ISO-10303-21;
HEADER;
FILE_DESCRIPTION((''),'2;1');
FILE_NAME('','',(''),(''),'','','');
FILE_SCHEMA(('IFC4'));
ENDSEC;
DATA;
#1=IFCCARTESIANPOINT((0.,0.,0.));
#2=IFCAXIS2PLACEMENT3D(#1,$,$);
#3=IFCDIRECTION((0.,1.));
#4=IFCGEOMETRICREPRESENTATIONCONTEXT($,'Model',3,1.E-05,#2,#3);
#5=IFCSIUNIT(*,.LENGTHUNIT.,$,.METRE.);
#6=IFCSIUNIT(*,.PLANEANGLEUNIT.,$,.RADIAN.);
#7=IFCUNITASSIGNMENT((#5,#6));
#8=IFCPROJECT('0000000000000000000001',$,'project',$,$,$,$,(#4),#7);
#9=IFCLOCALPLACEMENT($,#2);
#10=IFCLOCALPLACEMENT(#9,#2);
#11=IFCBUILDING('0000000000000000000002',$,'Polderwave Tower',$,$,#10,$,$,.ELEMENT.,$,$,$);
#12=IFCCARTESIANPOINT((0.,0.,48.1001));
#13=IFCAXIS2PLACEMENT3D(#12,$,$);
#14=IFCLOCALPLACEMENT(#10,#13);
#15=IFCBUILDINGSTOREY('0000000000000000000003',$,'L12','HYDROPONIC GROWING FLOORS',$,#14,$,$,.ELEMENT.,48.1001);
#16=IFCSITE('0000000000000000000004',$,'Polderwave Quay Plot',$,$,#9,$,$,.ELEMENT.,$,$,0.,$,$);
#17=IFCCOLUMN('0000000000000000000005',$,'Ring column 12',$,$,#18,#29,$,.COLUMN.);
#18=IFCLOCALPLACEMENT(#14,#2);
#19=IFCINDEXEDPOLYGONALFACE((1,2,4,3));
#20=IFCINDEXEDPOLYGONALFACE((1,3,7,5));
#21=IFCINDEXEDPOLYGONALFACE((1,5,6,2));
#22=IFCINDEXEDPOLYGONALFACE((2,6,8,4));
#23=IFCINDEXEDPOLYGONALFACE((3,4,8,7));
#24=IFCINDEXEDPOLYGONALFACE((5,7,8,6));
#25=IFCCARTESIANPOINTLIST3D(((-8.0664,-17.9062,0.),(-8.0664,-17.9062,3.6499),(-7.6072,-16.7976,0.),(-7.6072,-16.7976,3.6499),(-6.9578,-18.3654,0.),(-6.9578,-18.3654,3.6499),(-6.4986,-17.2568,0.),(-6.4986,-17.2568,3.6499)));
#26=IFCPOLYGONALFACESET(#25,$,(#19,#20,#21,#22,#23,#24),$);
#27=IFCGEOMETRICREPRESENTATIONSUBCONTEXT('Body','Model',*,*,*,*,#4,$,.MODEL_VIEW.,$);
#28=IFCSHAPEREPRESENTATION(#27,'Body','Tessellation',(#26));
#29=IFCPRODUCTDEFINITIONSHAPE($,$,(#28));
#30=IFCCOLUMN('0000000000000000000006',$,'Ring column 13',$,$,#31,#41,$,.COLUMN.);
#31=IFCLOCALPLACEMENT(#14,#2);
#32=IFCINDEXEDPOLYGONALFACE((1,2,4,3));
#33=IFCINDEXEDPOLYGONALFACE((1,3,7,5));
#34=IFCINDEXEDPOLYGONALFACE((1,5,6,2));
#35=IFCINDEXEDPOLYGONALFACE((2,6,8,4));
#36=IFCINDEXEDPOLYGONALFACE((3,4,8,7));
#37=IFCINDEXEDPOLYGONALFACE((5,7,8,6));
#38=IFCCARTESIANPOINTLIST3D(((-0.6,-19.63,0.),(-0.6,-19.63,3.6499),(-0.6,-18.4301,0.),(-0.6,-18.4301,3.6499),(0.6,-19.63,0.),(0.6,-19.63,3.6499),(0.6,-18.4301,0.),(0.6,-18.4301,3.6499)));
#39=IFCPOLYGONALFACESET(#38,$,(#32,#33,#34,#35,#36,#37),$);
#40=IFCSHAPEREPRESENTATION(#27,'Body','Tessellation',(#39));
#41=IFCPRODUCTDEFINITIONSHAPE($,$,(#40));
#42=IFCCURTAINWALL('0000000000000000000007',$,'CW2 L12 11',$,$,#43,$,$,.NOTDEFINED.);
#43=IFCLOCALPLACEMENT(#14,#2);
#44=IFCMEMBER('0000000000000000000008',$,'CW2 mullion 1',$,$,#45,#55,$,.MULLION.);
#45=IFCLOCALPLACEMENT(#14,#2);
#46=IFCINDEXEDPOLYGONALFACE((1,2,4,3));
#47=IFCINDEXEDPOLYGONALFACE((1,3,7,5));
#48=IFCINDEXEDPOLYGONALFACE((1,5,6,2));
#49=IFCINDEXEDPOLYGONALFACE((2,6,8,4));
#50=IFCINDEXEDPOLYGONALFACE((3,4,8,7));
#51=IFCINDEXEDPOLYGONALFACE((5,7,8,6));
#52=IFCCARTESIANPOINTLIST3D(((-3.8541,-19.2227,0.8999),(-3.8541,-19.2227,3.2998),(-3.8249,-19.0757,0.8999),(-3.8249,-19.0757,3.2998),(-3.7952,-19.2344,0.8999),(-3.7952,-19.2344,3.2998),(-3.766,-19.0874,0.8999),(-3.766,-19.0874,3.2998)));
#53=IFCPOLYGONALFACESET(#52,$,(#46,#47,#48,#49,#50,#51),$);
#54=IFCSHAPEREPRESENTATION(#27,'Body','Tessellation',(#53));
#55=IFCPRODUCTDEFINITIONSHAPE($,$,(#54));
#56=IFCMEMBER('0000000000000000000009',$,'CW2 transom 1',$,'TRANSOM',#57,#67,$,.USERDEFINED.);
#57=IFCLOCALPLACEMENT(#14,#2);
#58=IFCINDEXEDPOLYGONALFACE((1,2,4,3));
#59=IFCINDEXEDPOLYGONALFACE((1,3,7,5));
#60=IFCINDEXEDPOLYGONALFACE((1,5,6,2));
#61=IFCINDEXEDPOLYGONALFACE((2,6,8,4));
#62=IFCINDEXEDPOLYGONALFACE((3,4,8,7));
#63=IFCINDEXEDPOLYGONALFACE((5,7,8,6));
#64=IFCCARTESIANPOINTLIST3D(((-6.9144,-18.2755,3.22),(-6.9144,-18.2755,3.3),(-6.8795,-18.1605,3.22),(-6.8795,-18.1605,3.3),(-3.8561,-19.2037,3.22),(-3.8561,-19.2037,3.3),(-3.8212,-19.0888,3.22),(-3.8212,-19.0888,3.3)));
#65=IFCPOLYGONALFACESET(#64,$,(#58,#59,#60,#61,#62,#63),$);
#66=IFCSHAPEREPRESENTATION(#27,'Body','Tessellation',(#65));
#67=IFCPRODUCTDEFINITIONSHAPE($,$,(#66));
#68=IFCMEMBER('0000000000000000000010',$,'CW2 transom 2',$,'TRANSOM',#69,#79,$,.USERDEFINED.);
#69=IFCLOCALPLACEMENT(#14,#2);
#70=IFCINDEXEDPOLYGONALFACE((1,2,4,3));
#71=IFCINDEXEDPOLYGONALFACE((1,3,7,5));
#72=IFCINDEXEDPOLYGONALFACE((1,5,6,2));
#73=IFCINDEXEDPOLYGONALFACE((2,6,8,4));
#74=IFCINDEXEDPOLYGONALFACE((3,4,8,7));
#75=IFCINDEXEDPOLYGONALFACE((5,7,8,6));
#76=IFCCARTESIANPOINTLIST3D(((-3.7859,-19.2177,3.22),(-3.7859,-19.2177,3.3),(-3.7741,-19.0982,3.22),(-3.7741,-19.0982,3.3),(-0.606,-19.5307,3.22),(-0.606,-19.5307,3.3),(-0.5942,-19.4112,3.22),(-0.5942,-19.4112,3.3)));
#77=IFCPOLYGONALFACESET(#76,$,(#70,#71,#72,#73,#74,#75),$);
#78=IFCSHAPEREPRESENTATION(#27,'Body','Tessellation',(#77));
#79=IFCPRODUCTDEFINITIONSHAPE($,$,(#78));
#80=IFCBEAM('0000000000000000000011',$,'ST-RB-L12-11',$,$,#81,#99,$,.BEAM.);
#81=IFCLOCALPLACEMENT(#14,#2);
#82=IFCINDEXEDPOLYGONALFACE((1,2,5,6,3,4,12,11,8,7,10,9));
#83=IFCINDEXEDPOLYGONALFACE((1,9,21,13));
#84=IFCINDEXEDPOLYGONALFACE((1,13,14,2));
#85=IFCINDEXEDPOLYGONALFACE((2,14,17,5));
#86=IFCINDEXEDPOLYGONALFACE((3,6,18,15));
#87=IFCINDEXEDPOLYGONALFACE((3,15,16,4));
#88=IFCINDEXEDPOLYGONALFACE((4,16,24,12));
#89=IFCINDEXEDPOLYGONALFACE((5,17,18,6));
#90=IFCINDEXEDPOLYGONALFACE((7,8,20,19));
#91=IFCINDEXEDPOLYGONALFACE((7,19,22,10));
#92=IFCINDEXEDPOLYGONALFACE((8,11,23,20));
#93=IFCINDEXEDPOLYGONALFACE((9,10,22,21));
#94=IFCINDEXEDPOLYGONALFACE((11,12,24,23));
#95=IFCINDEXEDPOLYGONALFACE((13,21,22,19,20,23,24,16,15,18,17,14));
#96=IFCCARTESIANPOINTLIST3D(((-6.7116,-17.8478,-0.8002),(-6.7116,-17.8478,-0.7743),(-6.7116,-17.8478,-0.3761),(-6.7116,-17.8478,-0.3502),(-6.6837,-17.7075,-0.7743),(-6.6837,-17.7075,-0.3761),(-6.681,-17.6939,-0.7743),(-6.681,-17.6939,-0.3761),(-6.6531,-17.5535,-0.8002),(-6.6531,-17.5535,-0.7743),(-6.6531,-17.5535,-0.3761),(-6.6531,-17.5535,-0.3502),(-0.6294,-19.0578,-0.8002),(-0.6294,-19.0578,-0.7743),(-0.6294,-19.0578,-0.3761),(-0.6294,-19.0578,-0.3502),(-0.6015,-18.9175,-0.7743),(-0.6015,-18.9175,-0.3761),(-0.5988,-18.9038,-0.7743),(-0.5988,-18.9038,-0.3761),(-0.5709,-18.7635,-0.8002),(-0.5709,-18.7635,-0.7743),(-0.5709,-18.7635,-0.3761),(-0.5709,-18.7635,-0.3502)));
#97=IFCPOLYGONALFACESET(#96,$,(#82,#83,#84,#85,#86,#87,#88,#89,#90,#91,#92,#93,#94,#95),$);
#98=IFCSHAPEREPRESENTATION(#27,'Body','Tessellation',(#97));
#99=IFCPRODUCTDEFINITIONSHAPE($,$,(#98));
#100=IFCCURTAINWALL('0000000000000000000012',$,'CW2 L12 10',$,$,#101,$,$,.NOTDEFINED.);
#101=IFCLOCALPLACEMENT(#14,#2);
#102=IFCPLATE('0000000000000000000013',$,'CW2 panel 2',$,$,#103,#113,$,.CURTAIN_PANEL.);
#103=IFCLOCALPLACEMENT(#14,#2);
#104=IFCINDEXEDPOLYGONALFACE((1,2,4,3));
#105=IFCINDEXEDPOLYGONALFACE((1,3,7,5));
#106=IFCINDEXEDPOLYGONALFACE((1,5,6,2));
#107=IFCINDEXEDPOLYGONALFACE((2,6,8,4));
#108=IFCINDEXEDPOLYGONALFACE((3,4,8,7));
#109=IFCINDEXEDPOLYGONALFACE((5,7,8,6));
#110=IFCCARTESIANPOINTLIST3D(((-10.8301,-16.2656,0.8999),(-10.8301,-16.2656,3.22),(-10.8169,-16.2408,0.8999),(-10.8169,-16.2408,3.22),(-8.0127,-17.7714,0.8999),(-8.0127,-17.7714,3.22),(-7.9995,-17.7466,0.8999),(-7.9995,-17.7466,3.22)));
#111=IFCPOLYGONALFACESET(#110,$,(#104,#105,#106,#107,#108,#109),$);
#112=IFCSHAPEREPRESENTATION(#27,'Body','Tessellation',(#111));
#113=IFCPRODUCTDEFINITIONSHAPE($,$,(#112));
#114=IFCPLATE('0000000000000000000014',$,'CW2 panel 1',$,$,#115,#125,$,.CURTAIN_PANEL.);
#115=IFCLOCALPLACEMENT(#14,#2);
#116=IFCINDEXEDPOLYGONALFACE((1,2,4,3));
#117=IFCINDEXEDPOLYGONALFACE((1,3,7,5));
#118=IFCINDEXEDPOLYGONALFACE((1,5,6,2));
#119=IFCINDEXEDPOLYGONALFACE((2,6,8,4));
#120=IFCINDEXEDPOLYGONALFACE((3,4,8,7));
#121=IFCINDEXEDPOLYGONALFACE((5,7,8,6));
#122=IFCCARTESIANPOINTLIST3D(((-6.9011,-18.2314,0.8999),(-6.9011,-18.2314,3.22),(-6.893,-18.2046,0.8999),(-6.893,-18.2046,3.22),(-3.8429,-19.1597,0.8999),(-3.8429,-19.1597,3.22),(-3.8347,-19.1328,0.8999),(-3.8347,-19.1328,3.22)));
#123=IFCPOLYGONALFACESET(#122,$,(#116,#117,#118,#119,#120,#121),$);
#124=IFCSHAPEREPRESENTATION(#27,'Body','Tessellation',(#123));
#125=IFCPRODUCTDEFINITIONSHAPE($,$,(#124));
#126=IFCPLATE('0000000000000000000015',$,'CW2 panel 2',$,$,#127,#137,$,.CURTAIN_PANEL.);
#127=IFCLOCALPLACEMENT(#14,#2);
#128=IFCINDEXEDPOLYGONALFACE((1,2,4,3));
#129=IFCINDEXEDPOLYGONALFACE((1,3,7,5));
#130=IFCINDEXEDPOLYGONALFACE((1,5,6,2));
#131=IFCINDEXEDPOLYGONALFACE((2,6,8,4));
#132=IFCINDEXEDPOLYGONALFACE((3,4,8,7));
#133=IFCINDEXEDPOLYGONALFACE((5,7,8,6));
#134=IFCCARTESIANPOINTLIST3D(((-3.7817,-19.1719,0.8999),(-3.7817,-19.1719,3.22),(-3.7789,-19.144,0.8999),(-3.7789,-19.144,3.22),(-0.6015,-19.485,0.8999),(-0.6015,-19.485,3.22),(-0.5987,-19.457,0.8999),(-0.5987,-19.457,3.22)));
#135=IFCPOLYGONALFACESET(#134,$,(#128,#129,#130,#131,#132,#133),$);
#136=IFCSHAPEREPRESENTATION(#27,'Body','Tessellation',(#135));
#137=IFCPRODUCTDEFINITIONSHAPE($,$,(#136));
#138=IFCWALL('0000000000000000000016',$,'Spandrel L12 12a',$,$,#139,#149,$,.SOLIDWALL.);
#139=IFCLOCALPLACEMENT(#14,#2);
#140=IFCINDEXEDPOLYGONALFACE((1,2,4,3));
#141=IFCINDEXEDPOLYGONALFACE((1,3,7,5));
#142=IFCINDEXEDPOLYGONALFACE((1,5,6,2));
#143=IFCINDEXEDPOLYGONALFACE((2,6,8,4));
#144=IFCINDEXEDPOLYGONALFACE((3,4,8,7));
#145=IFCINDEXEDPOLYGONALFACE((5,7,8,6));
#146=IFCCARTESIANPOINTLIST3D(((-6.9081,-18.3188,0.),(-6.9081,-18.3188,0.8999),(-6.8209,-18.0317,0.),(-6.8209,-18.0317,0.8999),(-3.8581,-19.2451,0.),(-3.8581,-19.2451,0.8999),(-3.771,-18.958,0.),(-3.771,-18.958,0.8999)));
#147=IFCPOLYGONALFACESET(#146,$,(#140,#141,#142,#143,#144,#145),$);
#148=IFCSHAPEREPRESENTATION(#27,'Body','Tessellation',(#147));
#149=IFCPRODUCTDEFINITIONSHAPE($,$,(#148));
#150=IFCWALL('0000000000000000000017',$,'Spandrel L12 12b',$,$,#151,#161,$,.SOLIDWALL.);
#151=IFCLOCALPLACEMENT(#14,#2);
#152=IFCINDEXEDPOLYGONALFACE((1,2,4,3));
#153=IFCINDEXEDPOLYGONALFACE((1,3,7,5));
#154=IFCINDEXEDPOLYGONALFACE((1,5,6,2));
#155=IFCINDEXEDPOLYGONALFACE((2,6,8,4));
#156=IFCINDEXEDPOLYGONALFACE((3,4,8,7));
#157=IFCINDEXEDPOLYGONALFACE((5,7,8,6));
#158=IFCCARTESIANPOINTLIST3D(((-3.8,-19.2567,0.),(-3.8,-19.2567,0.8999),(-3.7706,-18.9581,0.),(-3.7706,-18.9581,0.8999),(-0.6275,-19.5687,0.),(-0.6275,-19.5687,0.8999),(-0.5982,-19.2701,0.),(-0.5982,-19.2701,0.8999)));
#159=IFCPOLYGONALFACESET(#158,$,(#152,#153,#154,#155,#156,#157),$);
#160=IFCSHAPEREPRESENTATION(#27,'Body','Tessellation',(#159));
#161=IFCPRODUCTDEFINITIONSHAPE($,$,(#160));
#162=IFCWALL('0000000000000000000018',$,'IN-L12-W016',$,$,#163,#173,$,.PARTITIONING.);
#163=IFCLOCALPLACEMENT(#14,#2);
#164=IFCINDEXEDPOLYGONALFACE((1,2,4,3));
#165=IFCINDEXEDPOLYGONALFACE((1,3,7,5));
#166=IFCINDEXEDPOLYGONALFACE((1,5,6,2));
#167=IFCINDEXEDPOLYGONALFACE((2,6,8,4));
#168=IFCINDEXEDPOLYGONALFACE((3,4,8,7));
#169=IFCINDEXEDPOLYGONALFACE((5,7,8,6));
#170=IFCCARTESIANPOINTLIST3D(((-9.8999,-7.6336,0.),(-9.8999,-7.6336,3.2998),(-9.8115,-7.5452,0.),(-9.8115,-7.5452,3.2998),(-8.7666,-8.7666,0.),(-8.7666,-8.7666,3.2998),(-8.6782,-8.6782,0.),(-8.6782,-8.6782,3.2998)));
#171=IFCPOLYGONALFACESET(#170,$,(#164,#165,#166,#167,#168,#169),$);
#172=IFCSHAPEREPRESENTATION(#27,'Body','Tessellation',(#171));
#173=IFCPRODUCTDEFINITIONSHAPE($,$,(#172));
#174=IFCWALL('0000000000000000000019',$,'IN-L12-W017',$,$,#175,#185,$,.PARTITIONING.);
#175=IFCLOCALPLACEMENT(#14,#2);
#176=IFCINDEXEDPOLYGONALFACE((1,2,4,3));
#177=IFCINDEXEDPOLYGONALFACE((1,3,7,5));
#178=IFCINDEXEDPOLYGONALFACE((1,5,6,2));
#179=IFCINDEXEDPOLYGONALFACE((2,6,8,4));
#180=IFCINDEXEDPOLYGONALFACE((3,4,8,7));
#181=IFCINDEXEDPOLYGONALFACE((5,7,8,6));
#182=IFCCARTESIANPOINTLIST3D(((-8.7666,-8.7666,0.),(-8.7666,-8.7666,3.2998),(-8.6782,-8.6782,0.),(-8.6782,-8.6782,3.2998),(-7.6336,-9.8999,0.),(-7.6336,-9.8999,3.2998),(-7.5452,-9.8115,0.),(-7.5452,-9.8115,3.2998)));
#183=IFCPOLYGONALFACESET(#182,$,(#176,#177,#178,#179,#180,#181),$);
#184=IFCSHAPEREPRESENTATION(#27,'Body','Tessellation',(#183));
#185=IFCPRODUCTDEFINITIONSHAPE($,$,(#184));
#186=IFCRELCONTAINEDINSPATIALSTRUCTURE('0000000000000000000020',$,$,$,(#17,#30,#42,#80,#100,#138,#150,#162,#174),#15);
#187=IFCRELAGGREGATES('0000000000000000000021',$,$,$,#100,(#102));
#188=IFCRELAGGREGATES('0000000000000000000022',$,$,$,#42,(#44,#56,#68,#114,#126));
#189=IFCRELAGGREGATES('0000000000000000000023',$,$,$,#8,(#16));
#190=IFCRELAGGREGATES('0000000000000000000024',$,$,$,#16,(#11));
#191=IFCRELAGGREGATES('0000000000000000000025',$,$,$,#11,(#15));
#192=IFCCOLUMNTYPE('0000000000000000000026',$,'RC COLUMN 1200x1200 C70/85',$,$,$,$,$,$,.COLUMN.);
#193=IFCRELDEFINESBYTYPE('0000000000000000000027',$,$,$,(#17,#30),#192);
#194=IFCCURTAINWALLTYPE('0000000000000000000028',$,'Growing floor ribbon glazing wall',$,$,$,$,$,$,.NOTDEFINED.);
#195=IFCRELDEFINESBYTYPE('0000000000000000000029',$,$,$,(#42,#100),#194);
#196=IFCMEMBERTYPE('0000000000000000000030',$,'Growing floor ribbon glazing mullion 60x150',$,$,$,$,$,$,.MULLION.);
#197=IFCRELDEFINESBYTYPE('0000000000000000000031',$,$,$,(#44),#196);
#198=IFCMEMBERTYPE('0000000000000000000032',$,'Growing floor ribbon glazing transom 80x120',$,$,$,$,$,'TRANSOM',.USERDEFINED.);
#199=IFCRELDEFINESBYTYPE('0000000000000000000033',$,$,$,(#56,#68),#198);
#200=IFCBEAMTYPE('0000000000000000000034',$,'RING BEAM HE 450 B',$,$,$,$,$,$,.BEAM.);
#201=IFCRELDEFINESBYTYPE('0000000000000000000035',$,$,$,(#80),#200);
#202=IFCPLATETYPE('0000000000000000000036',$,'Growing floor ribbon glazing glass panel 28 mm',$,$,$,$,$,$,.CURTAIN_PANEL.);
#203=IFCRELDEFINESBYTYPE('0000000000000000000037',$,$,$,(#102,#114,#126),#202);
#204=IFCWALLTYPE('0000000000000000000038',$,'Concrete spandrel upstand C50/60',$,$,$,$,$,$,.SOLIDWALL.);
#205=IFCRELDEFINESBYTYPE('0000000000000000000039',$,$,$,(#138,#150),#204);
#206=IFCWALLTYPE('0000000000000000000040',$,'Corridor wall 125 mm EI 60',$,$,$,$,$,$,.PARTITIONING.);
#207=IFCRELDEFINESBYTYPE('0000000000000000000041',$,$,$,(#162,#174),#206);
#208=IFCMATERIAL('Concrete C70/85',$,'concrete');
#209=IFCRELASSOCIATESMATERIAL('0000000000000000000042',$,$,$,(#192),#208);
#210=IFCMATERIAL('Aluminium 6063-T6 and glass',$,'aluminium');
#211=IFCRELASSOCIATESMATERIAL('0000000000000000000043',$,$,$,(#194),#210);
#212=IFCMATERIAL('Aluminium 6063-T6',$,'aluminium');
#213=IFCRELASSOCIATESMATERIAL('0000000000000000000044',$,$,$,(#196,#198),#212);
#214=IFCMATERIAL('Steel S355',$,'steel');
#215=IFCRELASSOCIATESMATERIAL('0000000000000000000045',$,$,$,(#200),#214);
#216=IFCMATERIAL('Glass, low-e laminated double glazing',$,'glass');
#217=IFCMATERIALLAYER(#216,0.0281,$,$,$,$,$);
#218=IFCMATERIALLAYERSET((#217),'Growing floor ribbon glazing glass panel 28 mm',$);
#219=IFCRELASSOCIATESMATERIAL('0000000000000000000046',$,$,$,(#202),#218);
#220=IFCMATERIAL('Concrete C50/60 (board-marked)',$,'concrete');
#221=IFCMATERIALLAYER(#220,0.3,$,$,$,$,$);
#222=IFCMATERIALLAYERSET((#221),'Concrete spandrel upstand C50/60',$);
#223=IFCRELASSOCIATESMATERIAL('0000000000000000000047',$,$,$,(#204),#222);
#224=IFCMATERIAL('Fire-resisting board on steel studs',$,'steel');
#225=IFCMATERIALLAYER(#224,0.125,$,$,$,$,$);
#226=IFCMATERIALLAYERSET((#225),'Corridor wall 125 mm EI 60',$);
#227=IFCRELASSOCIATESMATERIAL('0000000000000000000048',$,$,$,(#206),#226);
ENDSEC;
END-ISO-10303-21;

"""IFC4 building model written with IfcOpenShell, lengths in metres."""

from ifc_helpers import new_model, si_unit, direction, frame, frame_2d, origin, origin_2d, place, context, subcontext, project, spatial, rectangle, i_section, extrude, material, layer, layer_set, material_profile, profile_set, type_object, element, aggregate, save


model = new_model("IFC4")

# Units and contexts
model_context = context("Model", 3, precision=1e-05, world=origin(), true_north=direction((0.0, 1.0)))
body_context = subcontext(model_context, "Body", "Model", "MODEL_VIEW")
ifc_project = project(units=[si_unit("LENGTHUNIT", "METRE"), si_unit("PLANEANGLEUNIT", "RADIAN")], contexts=[model_context])

# Site, building, storey
site_placement = place(None, origin())
site = spatial("IfcSite", under=ifc_project, at=site_placement, Name="Polderwave Quay Plot", CompositionType="ELEMENT", RefElevation=0.0)
building_placement = place(site_placement, origin())
building = spatial("IfcBuilding", under=site, at=building_placement, Name="Polderwave Tower", CompositionType="ELEMENT")
storey_placement = place(building_placement, frame((0.0, 0.0, 48.1001)))
storey = spatial("IfcBuildingStorey", under=building, at=storey_placement, Name="L12", Description="HYDROPONIC GROWING FLOORS", CompositionType="ELEMENT", Elevation=48.1001)

# Columns
ifc_material_1 = material(Name="Concrete C70/85", Category="concrete")
ifc_material_profile_1 = material_profile(ifc_material_1, rectangle(XDim=1.2, YDim=1.2, at=origin_2d()), Name="RC 1200x1200")
ifc_profile_set_1 = profile_set([ifc_material_profile_1], Name="Concrete C70/85")
column_type = type_object("IfcColumnType", Name="RC COLUMN 1200x1200 C70/85", PredefinedType="COLUMN", material=ifc_profile_set_1)
for number, where, z_axis, x_axis, name in (
    (1, (-7.2825, -17.5815, 0.0), (0.0, 0.0, 1.0), (-0.382683, -0.92388, 0.0), "Ring column 12"),
    (2, (0.0, -19.03, 0.0), (0.0, 0.0, 1.0), (0.0, -1.0, 0.0), "Ring column 13"),
):
    element("IfcColumn", number, at=place(storey_placement, frame(where, z_axis=z_axis, x_axis=x_axis)), inside=storey, type_object=column_type, Name=name, PredefinedType="COLUMN", context=body_context, shape_type="SweptSolid", body=[
        extrude(rectangle(XDim=1.2, YDim=1.2, at=origin_2d()), origin(), (0.0, 0.0, 1.0), 3.6499),
    ])

# Curtain wall, members
ifc_material_2 = material(Name="Aluminium 6063-T6 and glass", Category="aluminium")
curtain_wall_type = type_object("IfcCurtainWallType", Name="Growing floor ribbon glazing wall", PredefinedType="NOTDEFINED", material=ifc_material_2)
curtain_wall_1_placement = place(storey_placement, origin())
curtain_wall_1 = element("IfcCurtainWall", 3, at=curtain_wall_1_placement, inside=storey, type_object=curtain_wall_type, Name="CW2 L12 11", PredefinedType="NOTDEFINED")
ifc_material_3 = material(Name="Aluminium 6063-T6", Category="aluminium")
ifc_material_profile_2 = material_profile(ifc_material_3, rectangle(XDim=0.1499, YDim=0.0601, at=origin_2d()), Name="AL 60x150")
ifc_profile_set_2 = profile_set([ifc_material_profile_2], Name="Aluminium 6063-T6")
member_type_1 = type_object("IfcMemberType", Name="Growing floor ribbon glazing mullion 60x150", PredefinedType="MULLION", material=ifc_profile_set_2)
member_1_placement = place(storey_placement, frame((-3.8101, -19.155, 0.8999), z_axis=(0.0, 0.0, 1.0), x_axis=(0.195149, 0.980774, 0.0)))
member_1 = element("IfcMember", 4, at=member_1_placement, type_object=member_type_1, Name="CW2 mullion 1", PredefinedType="MULLION", context=body_context, shape_type="SweptSolid", body=[
    extrude(rectangle(XDim=0.1499, YDim=0.0601, at=origin_2d()), origin(), (0.0, 0.0, 1.0), 2.3999),
])
ifc_material_profile_3 = material_profile(ifc_material_3, rectangle(XDim=0.1201, YDim=0.0801, at=origin_2d()), Name="AL 80x120")
ifc_profile_set_3 = profile_set([ifc_material_profile_3], Name="Aluminium 6063-T6")
member_type_2 = type_object("IfcMemberType", Name="Growing floor ribbon glazing transom 80x120", ElementType="TRANSOM", PredefinedType="USERDEFINED", material=ifc_profile_set_3)
member_2_placement = place(storey_placement, frame((-6.897, -18.218, 3.26), z_axis=(0.956898, -0.290423, 0.0), x_axis=(0.290423, 0.956898, 0.0)))
member_2 = element("IfcMember", 5, at=member_2_placement, type_object=member_type_2, Name="CW2 transom 1", ObjectType="TRANSOM", PredefinedType="USERDEFINED", context=body_context, shape_type="SweptSolid", body=[
    extrude(rectangle(XDim=0.1201, YDim=0.0801, at=origin_2d()), origin(), (0.0, 0.0, 1.0), 3.196),
])
member_3_placement = place(storey_placement, frame((-3.78, -19.158, 3.26), z_axis=(0.995191, -0.097953, 0.0), x_axis=(0.097953, 0.995191, 0.0)))
member_3 = element("IfcMember", 6, at=member_3_placement, type_object=member_type_2, Name="CW2 transom 2", ObjectType="TRANSOM", PredefinedType="USERDEFINED", context=body_context, shape_type="SweptSolid", body=[
    extrude(rectangle(XDim=0.1201, YDim=0.0801, at=origin_2d()), origin(), (0.0, 0.0, 1.0), 3.1953),
])

# Beam
ifc_material_4 = material(Name="Steel S355", Category="steel")
ifc_material_profile_4 = material_profile(ifc_material_4, i_section(OverallWidth=0.3, OverallDepth=0.45, WebThickness=0.0139, FlangeThickness=0.0259, at=origin_2d()), Name="HE 450 B")
ifc_profile_set_4 = profile_set([ifc_material_profile_4], Name="Steel S355")
beam_type = type_object("IfcBeamType", Name="RING BEAM HE 450 B", PredefinedType="BEAM", material=ifc_profile_set_4)
beam_placement = place(storey_placement, frame((-6.6824, -17.7007, -0.5752), z_axis=(0.980782, -0.195109, 0.0), x_axis=(0.195109, 0.980782, 0.0)))
element("IfcBeam", 7, at=beam_placement, inside=storey, type_object=beam_type, Name="ST-RB-L12-11", PredefinedType="BEAM", context=body_context, shape_type="SweptSolid", body=[
    extrude(i_section(OverallWidth=0.3, OverallDepth=0.45, WebThickness=0.0139, FlangeThickness=0.0259, at=origin_2d()), origin(), (0.0, 0.0, 1.0), 6.2014),
])

# Curtain wall, plate
curtain_wall_2_placement = place(storey_placement, origin())
curtain_wall_2 = element("IfcCurtainWall", 8, at=curtain_wall_2_placement, inside=storey, type_object=curtain_wall_type, Name="CW2 L12 10", PredefinedType="NOTDEFINED")
ifc_material_5 = material(Name="Glass, low-e laminated double glazing", Category="glass")
ifc_layer_1 = layer(ifc_material_5, 0.0281)
ifc_layer_set_1 = layer_set([ifc_layer_1], Name="Growing floor ribbon glazing glass panel 28 mm")
plate_type = type_object("IfcPlateType", Name="Growing floor ribbon glazing glass panel 28 mm", PredefinedType="CURTAIN_PANEL", material=ifc_layer_set_1)
plate_1_placement = place(storey_placement, frame((-9.4148, -17.0061, 0.8999), z_axis=(0.0, 0.0, 1.0), x_axis=(0.88194, -0.471361, 0.0)))
plate_1 = element("IfcPlate", 9, at=plate_1_placement, type_object=plate_type, Name="CW2 panel 2", PredefinedType="CURTAIN_PANEL", context=body_context, shape_type="SweptSolid", body=[
    extrude(rectangle(XDim=3.1946, YDim=0.0281, at=origin_2d()), origin(), (0.0, 0.0, 1.0), 2.3201),
])
aggregate(curtain_wall_2, [plate_1])

# Plates
plate_2_placement = place(storey_placement, frame((-5.3679, -18.6821, 0.8999), z_axis=(0.0, 0.0, 1.0), x_axis=(0.956891, -0.290447, 0.0)))
plate_2 = element("IfcPlate", 10, at=plate_2_placement, type_object=plate_type, Name="CW2 panel 1", PredefinedType="CURTAIN_PANEL", context=body_context, shape_type="SweptSolid", body=[
    extrude(rectangle(XDim=3.196, YDim=0.0281, at=origin_2d()), origin(), (0.0, 0.0, 1.0), 2.3201),
])
plate_3_placement = place(storey_placement, frame((-2.1902, -19.3145, 0.8999), z_axis=(0.0, 0.0, 1.0), x_axis=(0.99519, -0.097969, 0.0)))
plate_3 = element("IfcPlate", 11, at=plate_3_placement, type_object=plate_type, Name="CW2 panel 2", PredefinedType="CURTAIN_PANEL", context=body_context, shape_type="SweptSolid", body=[
    extrude(rectangle(XDim=3.1956, YDim=0.0281, at=origin_2d()), origin(), (0.0, 0.0, 1.0), 2.3201),
])
aggregate(curtain_wall_1, [member_1, member_2, member_3, plate_2, plate_3])

# Walls
ifc_material_6 = material(Name="Concrete C50/60 (board-marked)", Category="concrete")
ifc_layer_2 = layer(ifc_material_6, 0.3)
ifc_layer_set_2 = layer_set([ifc_layer_2], Name="Concrete spandrel upstand C50/60")
wall_type_1 = type_object("IfcWallType", Name="Concrete spandrel upstand C50/60", PredefinedType="SOLIDWALL", material=ifc_layer_set_2)
wall_1_placement = place(storey_placement, frame((-6.8645, -18.1753, 0.0), z_axis=(0.0, 0.0, 1.0), x_axis=(0.956849, -0.290586, 0.0)))
element("IfcWall", 12, at=wall_1_placement, inside=storey, type_object=wall_type_1, Name="Spandrel L12 12a", PredefinedType="SOLIDWALL", context=body_context, shape_type="SweptSolid", body=[
    extrude(rectangle(XDim=3.1875, YDim=0.3, at=frame_2d((1.5938, 0.0))), origin(), (0.0, 0.0, 1.0), 0.8999),
])
wall_2_placement = place(storey_placement, frame((-3.7852, -19.1074, 0.0), z_axis=(0.0, 0.0, 1.0), x_axis=(0.995198, -0.097881, 0.0)))
element("IfcWall", 13, at=wall_2_placement, inside=storey, type_object=wall_type_1, Name="Spandrel L12 12b", PredefinedType="SOLIDWALL", context=body_context, shape_type="SweptSolid", body=[
    extrude(rectangle(XDim=3.1877, YDim=0.3, at=frame_2d((1.5938, 0.0))), origin(), (0.0, 0.0, 1.0), 0.8999),
])
ifc_material_7 = material(Name="Fire-resisting board on steel studs", Category="steel")
ifc_layer_3 = layer(ifc_material_7, 0.125)
ifc_layer_set_3 = layer_set([ifc_layer_3], Name="Corridor wall 125 mm EI 60")
wall_type_2 = type_object("IfcWallType", Name="Corridor wall 125 mm EI 60", PredefinedType="PARTITIONING", material=ifc_layer_set_3)
for number, where, z_axis, x_axis, name in (
    (14, (-8.7224, -8.7224, 0.0), (0.0, 0.0, 1.0), (-0.707183, 0.707031, 0.0), "IN-L12-W016"),
    (15, (-7.5894, -9.8557, 0.0), (0.0, 0.0, 1.0), (-0.707031, 0.707183, 0.0), "IN-L12-W017"),
):
    element("IfcWall", number, at=place(storey_placement, frame(where, z_axis=z_axis, x_axis=x_axis)), inside=storey, type_object=wall_type_2, Name=name, PredefinedType="PARTITIONING", context=body_context, shape_type="SweptSolid", body=[
        extrude(rectangle(XDim=1.6025, YDim=0.125, at=frame_2d((0.8013, 0.0))), origin(), (0.0, 0.0, 1.0), 3.2998),
    ])

save(model, "model.ifc")
